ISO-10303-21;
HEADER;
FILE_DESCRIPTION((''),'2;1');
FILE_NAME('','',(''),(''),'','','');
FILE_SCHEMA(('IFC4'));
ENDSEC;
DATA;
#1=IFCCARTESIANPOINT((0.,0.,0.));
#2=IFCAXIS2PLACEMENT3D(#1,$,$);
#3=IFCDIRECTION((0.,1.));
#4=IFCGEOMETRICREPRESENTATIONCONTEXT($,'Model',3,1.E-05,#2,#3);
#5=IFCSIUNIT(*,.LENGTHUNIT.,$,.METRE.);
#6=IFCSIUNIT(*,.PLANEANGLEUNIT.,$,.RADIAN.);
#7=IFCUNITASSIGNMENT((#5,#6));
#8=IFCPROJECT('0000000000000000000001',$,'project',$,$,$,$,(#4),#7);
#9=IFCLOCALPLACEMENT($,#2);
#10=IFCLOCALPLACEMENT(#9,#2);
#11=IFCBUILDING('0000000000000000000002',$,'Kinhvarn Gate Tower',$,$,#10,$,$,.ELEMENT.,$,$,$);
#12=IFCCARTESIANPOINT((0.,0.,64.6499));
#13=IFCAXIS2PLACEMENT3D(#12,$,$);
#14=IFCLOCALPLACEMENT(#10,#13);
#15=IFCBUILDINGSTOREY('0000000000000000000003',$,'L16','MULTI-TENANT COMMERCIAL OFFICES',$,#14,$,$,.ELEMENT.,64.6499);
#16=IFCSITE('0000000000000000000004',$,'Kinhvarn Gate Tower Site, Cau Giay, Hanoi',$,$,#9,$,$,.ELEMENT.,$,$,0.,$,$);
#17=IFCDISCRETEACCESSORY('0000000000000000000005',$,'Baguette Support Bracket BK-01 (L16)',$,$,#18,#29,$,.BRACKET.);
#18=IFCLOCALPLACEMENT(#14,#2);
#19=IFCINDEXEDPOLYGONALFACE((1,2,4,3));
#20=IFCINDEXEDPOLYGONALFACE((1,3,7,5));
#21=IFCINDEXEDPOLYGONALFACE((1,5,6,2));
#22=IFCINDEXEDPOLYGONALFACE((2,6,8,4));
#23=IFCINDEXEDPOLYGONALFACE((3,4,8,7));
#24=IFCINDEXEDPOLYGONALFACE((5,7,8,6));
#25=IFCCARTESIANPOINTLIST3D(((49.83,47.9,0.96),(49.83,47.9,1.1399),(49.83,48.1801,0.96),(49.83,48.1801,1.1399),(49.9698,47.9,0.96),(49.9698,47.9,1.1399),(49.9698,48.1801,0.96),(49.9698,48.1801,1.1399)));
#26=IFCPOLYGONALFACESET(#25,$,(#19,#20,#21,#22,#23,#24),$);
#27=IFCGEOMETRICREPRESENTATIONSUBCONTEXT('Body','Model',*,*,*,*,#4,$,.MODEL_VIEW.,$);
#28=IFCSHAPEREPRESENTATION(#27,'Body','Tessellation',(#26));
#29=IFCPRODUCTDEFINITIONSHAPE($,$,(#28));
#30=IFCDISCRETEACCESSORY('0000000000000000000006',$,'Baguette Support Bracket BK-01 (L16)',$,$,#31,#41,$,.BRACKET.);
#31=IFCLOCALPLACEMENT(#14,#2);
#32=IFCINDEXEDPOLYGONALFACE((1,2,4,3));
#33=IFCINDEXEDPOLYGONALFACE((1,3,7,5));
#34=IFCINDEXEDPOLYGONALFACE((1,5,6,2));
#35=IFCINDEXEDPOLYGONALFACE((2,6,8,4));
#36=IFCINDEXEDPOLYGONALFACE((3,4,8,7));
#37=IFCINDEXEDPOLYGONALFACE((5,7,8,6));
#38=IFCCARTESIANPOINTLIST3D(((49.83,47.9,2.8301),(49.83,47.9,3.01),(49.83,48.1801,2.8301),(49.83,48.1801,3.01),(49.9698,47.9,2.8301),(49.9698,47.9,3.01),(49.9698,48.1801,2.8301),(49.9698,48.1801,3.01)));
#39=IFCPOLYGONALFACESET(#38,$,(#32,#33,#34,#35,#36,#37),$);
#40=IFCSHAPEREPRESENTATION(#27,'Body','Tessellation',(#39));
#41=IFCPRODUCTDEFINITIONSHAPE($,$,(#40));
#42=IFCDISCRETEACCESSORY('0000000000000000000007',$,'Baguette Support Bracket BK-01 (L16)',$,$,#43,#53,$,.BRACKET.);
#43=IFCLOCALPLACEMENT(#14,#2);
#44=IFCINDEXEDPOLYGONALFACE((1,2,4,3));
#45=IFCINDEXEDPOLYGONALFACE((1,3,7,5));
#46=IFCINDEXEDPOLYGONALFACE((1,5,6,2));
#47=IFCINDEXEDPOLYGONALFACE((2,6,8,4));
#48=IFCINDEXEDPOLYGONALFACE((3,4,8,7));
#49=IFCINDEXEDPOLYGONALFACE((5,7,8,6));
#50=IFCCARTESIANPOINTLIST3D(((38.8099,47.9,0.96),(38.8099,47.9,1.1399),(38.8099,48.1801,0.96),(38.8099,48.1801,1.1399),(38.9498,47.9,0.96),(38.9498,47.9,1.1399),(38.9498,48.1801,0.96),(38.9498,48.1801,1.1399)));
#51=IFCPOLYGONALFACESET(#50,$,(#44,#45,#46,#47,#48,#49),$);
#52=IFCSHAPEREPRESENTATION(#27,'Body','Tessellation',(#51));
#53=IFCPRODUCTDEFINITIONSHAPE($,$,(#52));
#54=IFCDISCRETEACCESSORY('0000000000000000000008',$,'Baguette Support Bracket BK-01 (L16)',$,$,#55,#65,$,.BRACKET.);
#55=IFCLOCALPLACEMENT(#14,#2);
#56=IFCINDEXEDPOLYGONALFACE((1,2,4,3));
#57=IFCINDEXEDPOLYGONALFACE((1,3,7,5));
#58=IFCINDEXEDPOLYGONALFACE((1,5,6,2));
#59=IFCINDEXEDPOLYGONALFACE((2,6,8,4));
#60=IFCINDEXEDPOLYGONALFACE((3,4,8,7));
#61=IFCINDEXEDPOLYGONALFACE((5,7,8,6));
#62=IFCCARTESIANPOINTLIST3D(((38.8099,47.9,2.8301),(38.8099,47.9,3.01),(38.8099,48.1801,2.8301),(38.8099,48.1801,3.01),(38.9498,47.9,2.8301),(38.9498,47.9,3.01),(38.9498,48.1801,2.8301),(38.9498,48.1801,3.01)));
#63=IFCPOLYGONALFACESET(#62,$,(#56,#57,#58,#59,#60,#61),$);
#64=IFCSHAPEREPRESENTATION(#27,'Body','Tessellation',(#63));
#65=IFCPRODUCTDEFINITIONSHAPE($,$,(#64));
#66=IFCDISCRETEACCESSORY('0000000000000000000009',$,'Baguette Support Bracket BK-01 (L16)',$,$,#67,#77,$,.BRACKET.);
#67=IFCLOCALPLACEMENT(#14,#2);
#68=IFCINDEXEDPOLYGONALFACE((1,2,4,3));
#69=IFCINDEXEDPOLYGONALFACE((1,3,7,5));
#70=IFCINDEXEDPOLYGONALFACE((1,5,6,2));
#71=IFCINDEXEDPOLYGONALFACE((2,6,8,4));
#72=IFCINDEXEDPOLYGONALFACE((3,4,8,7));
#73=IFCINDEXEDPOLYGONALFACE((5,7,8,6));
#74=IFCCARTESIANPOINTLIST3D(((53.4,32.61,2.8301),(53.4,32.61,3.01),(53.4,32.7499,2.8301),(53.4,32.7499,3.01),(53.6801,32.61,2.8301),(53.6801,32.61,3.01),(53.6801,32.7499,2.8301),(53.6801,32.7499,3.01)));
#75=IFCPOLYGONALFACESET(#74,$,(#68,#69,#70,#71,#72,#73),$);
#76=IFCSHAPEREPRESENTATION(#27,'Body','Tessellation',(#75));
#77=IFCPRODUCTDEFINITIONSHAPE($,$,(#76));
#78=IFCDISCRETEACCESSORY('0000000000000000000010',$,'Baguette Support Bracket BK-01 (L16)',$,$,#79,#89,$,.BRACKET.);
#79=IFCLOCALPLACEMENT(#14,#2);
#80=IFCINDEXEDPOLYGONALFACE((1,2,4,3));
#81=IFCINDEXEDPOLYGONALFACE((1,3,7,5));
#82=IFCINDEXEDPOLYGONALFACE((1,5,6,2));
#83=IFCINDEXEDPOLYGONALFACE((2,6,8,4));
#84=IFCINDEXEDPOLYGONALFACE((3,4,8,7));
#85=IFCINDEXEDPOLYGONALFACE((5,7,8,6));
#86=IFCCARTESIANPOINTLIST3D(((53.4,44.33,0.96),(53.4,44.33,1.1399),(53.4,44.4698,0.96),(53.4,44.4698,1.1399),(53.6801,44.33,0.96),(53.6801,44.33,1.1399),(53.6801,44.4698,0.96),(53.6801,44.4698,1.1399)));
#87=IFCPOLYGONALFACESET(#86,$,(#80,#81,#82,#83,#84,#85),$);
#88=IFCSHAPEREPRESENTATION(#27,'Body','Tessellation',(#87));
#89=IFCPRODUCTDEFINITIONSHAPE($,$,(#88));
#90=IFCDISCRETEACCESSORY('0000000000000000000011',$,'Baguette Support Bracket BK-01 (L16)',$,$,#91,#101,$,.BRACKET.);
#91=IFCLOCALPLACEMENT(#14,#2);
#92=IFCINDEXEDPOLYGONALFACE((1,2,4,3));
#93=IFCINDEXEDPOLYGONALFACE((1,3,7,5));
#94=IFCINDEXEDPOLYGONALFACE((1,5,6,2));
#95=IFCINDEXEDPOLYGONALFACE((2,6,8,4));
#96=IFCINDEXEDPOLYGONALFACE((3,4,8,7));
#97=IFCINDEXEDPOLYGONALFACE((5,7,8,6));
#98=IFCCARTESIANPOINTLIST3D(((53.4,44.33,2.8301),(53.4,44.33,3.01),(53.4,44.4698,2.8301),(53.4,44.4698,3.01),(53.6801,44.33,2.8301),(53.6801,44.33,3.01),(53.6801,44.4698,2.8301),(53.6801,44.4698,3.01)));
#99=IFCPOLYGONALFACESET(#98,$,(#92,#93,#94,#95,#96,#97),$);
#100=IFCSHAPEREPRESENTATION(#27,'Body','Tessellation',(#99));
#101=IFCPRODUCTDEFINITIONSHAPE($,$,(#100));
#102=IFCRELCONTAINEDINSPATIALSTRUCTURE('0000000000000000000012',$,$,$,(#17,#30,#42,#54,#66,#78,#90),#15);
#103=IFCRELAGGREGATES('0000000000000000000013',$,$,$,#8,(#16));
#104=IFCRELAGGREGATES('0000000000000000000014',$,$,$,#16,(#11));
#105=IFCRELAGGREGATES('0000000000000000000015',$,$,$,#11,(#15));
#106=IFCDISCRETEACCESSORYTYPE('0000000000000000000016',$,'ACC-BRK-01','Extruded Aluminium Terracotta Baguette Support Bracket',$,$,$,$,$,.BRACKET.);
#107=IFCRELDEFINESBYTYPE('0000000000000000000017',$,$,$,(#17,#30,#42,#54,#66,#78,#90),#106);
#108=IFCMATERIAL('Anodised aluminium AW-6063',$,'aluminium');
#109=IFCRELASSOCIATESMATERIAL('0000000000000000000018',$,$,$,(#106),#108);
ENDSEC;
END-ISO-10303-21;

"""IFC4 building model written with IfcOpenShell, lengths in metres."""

from ifc_helpers import new_model, si_unit, direction, frame, origin, origin_2d, place, context, subcontext, project, spatial, rectangle, extrude, material, type_object, element, save


model = new_model("IFC4")

# Units and contexts
model_context = context("Model", 3, precision=1e-05, world=origin(), true_north=direction((0.0, 1.0)))
body_context = subcontext(model_context, "Body", "Model", "MODEL_VIEW")
ifc_project = project(units=[si_unit("LENGTHUNIT", "METRE"), si_unit("PLANEANGLEUNIT", "RADIAN")], contexts=[model_context])

# Site, building, storey
site_placement = place(None, origin())
site = spatial("IfcSite", under=ifc_project, at=site_placement, Name="Kinhvarn Gate Tower Site, Cau Giay, Hanoi", CompositionType="ELEMENT", RefElevation=0.0)
building_placement = place(site_placement, origin())
building = spatial("IfcBuilding", under=site, at=building_placement, Name="Kinhvarn Gate Tower", CompositionType="ELEMENT")
storey_placement = place(building_placement, frame((0.0, 0.0, 64.6499)))
storey = spatial("IfcBuildingStorey", under=building, at=storey_placement, Name="L16", Description="MULTI-TENANT COMMERCIAL OFFICES", CompositionType="ELEMENT", Elevation=64.6499)

# Shared definitions
ifc_material_1 = material(Name="Anodised aluminium AW-6063", Category="aluminium")

# Discrete accessories
discrete_accessory_type = type_object("IfcDiscreteAccessoryType", Name="ACC-BRK-01", Description="Extruded Aluminium Terracotta Baguette Support Bracket", PredefinedType="BRACKET", material=ifc_material_1)
for number, where, z_axis, x_axis, name in (
    (1, (49.8999, 48.04, 0.96), (0.0, 0.0, 1.0), (-1.0, 0.0, 0.0), "Baguette Support Bracket BK-01 (L16)"),
    (2, (49.8999, 48.04, 2.8301), (0.0, 0.0, 1.0), (-1.0, 0.0, 0.0), "Baguette Support Bracket BK-01 (L16)"),
    (3, (38.8799, 48.04, 0.96), (0.0, 0.0, 1.0), (-1.0, 0.0, 0.0), "Baguette Support Bracket BK-01 (L16)"),
    (4, (38.8799, 48.04, 2.8301), (0.0, 0.0, 1.0), (-1.0, 0.0, 0.0), "Baguette Support Bracket BK-01 (L16)"),
    (5, (53.54, 32.6799, 2.8301), (0.0, 0.0, 1.0), (0.0, 1.0, 0.0), "Baguette Support Bracket BK-01 (L16)"),
    (6, (53.54, 44.3999, 0.96), (0.0, 0.0, 1.0), (0.0, 1.0, 0.0), "Baguette Support Bracket BK-01 (L16)"),
    (7, (53.54, 44.3999, 2.8301), (0.0, 0.0, 1.0), (0.0, 1.0, 0.0), "Baguette Support Bracket BK-01 (L16)"),
):
    element("IfcDiscreteAccessory", number, at=place(storey_placement, frame(where, z_axis=z_axis, x_axis=x_axis)), inside=storey, type_object=discrete_accessory_type, Name=name, PredefinedType="BRACKET", context=body_context, shape_type="SweptSolid", body=[
        extrude(rectangle(XDim=0.1399, YDim=0.28, at=origin_2d()), origin(), (0.0, 0.0, 1.0), 0.1799),
    ])

save(model, "model.ifc")
